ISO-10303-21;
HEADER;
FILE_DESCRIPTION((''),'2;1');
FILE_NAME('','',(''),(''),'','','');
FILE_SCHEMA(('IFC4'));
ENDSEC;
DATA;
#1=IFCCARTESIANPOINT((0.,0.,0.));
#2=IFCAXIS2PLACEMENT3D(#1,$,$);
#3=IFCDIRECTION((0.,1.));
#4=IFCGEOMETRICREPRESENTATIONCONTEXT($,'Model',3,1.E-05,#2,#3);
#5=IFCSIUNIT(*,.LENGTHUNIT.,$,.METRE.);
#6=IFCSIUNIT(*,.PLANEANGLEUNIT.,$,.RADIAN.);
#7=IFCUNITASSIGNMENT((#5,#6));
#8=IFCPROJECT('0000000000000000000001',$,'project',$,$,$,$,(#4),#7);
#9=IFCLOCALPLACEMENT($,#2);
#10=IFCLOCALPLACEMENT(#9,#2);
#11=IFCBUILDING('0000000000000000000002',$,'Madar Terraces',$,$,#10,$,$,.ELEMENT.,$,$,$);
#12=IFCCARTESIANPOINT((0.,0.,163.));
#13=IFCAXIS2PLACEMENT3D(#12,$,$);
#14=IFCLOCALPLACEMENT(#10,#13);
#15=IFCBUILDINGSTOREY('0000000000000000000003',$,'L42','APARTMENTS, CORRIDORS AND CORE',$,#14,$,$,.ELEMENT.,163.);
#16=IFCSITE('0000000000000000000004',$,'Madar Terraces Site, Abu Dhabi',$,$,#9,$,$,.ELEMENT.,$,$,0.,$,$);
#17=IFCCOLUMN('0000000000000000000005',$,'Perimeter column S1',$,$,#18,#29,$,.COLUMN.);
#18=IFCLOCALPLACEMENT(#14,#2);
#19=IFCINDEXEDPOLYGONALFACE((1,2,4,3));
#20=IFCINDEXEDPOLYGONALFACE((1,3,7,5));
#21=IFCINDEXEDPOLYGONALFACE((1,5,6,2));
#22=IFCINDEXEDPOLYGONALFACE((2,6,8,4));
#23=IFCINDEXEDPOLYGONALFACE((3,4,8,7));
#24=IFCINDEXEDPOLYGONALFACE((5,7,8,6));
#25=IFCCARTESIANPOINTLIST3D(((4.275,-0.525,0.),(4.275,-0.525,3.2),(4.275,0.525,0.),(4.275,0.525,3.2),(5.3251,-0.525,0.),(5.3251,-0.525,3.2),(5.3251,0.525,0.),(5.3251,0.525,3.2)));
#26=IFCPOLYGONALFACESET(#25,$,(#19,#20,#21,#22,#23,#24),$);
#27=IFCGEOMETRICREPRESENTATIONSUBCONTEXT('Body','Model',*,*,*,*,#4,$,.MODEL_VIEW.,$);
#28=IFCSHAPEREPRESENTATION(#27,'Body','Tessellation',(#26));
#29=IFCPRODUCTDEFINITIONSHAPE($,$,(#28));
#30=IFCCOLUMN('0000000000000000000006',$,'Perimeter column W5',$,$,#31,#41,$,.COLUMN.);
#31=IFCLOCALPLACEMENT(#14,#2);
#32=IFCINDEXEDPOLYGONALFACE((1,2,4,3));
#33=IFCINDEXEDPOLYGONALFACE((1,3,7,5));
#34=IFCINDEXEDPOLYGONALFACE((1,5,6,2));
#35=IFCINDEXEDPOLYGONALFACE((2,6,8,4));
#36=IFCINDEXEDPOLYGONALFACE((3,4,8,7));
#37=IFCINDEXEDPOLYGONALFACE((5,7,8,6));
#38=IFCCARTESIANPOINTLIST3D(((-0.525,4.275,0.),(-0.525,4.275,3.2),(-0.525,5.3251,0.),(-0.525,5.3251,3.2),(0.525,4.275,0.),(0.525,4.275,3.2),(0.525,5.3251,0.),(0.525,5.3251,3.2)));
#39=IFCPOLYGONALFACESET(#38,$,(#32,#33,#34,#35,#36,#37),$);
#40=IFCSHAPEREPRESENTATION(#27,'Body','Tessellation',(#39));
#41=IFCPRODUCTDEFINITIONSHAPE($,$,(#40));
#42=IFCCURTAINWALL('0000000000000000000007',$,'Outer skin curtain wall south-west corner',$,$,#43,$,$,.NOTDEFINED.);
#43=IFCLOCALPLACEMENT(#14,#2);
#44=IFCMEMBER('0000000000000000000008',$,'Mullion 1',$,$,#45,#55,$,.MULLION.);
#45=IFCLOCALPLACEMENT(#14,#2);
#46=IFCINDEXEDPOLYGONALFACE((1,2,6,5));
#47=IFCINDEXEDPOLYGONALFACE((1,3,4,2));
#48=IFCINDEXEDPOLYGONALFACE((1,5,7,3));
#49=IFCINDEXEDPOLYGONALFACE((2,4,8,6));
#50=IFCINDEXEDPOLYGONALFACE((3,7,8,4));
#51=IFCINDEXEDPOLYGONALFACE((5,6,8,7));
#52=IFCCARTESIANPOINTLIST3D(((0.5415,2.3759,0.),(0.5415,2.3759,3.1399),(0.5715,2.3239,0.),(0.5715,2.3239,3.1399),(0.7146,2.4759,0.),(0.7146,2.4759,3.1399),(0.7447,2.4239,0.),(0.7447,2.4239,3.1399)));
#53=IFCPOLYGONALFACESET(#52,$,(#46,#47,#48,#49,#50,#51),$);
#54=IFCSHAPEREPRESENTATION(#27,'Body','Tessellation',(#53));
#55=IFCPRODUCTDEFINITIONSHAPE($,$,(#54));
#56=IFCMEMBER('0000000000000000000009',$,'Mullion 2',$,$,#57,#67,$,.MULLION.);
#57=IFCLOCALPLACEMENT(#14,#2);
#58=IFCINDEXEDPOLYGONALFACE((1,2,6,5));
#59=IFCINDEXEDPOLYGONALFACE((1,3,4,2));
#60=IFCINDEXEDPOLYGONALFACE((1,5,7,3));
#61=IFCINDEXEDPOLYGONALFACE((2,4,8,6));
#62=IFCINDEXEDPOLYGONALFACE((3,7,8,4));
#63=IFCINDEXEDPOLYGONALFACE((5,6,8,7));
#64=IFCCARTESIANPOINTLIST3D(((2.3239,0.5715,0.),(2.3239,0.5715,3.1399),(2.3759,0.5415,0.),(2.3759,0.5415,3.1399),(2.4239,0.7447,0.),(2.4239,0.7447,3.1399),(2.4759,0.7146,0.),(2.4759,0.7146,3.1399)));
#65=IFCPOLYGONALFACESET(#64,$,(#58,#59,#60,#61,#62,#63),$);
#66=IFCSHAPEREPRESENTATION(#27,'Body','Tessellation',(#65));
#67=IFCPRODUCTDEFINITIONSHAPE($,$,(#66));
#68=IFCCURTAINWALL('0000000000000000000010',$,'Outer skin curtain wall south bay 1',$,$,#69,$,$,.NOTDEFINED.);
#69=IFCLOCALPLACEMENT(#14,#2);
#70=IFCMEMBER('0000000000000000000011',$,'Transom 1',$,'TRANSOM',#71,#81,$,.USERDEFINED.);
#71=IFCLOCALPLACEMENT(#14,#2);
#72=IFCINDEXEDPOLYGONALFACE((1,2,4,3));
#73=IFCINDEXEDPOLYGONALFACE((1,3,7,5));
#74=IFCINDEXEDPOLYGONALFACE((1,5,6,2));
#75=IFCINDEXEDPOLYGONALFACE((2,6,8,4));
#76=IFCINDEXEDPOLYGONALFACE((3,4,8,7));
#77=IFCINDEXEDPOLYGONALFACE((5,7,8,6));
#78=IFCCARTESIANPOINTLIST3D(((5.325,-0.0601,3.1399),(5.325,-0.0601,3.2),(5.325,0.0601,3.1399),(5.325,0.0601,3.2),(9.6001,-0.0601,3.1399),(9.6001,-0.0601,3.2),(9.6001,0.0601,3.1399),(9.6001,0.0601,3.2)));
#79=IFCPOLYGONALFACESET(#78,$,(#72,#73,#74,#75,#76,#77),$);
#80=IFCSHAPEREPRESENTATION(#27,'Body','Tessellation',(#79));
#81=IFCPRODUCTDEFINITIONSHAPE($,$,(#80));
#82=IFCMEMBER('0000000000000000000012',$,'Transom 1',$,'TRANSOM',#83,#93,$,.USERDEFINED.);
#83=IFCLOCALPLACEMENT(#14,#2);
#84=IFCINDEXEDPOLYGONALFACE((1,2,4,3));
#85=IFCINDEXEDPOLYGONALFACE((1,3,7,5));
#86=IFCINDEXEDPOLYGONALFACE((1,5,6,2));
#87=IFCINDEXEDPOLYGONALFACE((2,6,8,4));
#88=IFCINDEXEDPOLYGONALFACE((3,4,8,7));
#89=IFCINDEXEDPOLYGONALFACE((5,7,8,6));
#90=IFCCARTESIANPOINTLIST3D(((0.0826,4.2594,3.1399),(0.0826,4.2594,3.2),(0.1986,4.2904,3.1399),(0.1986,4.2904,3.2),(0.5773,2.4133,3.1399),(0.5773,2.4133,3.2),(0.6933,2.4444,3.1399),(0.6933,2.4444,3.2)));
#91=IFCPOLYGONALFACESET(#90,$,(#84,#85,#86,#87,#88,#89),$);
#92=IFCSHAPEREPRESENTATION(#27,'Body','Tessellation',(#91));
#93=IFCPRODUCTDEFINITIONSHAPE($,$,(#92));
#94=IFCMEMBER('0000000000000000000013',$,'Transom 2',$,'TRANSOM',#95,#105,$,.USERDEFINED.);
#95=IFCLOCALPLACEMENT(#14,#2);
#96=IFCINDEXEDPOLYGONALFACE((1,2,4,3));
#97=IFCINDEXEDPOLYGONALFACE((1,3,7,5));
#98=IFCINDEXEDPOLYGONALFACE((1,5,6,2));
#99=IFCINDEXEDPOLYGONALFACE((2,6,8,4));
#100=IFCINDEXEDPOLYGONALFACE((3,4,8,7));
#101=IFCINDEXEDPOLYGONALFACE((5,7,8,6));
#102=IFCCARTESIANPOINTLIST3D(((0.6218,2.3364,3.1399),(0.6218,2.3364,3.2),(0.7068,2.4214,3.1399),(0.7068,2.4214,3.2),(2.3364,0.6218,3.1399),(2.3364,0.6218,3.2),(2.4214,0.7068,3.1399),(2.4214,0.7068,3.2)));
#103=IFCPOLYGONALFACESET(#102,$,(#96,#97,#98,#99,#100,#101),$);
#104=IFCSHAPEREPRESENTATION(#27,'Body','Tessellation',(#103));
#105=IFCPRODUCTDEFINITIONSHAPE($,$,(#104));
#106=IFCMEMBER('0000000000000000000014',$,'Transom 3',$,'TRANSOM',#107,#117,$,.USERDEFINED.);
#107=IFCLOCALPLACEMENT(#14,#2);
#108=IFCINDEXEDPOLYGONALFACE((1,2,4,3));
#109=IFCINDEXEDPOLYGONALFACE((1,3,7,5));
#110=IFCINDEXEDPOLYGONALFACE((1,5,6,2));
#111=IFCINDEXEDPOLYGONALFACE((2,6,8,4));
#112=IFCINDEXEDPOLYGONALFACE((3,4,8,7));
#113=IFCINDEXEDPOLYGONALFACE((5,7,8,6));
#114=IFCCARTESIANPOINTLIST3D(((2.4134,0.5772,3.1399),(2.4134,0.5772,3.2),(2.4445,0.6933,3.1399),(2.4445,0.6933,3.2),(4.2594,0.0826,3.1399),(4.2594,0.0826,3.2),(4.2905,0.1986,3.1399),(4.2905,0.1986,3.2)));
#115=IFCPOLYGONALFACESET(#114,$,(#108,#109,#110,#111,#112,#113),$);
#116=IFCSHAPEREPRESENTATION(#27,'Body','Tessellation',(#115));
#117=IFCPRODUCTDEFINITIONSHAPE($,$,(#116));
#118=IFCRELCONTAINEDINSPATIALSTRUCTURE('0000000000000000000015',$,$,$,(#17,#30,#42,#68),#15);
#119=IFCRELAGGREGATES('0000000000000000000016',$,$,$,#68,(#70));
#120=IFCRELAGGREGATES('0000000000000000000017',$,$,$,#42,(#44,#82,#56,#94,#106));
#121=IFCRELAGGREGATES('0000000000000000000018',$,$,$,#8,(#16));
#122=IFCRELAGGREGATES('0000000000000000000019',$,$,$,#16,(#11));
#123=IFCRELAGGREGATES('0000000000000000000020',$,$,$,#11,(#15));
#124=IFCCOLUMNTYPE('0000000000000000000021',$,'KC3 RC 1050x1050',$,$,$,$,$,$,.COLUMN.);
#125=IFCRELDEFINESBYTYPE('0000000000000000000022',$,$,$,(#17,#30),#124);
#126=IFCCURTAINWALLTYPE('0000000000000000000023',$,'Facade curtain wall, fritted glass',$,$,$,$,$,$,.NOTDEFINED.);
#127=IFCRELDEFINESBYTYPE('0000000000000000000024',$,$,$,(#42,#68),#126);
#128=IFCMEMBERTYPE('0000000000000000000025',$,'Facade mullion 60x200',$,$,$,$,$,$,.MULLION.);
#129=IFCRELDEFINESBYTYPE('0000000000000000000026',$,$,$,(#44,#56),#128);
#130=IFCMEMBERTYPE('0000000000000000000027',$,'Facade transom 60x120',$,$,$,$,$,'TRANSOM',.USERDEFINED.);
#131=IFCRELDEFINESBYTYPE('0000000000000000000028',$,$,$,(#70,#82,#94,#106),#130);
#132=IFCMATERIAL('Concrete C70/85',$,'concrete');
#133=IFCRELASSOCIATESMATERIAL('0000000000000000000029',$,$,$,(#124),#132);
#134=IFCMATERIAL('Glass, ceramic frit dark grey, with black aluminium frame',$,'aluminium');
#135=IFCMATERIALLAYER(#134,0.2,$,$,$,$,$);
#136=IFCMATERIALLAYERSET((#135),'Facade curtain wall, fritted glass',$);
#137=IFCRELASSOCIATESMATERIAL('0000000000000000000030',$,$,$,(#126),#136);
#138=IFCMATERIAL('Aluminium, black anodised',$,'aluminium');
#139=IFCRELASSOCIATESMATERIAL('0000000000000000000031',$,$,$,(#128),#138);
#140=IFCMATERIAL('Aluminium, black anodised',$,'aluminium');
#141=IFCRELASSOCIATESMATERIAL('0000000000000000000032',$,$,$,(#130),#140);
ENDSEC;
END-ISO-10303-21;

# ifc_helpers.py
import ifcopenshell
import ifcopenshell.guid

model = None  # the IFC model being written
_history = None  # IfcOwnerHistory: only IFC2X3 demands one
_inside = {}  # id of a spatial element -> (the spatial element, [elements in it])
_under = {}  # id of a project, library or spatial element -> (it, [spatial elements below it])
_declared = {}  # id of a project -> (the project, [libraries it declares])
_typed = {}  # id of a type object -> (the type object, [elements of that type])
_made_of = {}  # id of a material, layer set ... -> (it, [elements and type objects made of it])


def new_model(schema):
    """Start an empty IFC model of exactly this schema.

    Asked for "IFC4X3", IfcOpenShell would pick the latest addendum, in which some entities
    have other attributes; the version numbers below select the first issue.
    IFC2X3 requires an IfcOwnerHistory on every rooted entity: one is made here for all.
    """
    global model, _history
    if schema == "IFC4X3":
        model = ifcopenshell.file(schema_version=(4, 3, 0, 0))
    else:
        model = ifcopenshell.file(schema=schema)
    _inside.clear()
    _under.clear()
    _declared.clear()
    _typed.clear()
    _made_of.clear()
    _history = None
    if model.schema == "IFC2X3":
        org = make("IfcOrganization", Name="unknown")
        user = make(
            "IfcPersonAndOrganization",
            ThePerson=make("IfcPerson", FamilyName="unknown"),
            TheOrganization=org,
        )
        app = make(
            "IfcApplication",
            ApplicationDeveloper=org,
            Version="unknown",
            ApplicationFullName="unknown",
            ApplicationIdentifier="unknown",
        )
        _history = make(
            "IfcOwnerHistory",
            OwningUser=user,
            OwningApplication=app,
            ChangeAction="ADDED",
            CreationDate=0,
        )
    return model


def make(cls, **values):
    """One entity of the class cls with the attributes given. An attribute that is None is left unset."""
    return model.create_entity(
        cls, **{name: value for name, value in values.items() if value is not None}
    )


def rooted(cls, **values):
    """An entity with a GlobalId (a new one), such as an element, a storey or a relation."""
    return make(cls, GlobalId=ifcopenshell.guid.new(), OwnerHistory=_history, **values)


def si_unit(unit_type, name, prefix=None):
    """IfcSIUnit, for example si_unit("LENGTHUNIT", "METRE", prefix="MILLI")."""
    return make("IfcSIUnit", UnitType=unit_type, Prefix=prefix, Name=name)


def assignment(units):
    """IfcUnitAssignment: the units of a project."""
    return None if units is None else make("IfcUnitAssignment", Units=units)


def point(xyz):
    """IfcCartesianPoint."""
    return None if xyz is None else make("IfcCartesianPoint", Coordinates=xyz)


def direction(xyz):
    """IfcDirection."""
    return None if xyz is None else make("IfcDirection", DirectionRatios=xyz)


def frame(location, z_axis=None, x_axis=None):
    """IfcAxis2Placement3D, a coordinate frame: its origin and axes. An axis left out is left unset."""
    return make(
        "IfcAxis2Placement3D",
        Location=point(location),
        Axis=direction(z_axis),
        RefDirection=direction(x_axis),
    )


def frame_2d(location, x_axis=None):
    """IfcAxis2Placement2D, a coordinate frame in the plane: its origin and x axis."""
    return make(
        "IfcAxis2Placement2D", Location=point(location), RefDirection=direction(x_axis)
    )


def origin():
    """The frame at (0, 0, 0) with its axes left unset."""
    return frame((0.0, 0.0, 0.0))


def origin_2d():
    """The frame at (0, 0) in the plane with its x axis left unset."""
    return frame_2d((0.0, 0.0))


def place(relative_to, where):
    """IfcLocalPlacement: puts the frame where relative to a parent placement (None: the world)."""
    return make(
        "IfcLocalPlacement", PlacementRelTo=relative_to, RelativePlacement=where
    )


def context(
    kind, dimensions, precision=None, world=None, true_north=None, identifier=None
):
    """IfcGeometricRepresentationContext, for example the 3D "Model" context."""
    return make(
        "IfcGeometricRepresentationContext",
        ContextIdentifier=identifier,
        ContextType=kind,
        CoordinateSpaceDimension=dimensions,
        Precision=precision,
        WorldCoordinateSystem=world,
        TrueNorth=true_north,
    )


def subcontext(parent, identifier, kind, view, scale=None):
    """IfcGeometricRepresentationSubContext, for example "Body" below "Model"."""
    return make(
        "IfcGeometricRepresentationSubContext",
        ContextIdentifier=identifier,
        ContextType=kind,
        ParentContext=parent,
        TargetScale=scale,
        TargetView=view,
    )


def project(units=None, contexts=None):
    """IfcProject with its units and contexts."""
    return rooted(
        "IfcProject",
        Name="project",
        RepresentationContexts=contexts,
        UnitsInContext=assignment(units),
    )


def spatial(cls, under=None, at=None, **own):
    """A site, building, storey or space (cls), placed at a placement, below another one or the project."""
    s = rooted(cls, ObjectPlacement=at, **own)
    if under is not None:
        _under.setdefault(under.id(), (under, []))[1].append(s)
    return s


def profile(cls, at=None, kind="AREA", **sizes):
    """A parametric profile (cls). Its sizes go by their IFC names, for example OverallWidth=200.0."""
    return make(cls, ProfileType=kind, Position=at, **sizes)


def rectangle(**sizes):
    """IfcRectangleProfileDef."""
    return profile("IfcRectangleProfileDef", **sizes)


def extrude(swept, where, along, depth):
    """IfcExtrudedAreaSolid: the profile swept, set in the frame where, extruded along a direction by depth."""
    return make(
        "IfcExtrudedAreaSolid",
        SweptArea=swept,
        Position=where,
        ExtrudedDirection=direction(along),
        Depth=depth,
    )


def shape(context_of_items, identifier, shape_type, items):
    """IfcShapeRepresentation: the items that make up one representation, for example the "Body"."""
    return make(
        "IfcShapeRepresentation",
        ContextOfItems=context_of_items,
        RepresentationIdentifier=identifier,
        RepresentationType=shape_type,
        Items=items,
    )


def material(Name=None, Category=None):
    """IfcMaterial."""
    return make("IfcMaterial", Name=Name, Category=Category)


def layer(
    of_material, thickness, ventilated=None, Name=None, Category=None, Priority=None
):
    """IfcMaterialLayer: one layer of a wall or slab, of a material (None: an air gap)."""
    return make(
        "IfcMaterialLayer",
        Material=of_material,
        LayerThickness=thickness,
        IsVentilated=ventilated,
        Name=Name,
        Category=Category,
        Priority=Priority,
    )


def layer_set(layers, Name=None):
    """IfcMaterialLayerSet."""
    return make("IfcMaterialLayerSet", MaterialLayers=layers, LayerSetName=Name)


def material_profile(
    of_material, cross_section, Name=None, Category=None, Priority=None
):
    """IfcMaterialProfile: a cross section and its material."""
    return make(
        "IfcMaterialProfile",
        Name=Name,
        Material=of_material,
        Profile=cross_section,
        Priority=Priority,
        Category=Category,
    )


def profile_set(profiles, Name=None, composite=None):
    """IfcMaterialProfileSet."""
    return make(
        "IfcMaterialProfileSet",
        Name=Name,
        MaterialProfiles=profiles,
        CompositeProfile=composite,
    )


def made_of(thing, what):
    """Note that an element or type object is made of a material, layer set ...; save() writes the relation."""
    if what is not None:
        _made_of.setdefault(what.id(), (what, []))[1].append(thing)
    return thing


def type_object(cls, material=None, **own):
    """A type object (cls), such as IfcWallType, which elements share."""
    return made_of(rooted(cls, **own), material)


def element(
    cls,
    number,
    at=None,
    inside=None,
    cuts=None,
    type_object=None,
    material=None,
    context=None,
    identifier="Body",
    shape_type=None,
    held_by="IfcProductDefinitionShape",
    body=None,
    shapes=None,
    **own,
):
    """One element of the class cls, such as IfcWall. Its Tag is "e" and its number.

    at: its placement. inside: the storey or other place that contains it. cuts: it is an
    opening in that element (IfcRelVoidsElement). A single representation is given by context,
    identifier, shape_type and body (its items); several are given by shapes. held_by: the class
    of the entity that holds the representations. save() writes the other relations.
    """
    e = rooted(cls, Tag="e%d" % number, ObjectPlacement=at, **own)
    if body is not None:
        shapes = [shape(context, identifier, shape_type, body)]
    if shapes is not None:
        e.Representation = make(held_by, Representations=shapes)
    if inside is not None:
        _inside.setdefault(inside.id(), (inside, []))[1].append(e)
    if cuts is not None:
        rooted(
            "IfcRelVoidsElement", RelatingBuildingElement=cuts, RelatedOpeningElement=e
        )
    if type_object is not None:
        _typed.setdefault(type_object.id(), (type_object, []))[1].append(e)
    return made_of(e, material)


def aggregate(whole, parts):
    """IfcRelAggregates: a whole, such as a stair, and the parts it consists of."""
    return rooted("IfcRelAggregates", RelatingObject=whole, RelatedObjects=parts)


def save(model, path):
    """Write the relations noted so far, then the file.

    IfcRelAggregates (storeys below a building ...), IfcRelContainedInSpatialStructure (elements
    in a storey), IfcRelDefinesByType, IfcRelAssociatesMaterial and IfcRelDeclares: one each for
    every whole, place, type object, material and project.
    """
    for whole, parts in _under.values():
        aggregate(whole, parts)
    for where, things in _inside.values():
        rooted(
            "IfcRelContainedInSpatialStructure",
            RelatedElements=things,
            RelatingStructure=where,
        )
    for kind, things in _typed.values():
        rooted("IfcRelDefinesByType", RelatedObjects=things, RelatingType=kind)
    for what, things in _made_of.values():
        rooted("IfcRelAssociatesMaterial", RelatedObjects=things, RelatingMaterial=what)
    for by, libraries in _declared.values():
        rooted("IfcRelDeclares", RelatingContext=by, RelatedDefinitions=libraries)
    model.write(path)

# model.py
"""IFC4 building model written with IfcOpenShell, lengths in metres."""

from ifc_helpers import new_model, si_unit, direction, frame, origin, origin_2d, place, context, subcontext, project, spatial, rectangle, extrude, material, layer, layer_set, material_profile, profile_set, type_object, element, aggregate, save


model = new_model("IFC4")

# Units and contexts
model_context = context("Model", 3, precision=1e-05, world=origin(), true_north=direction((0.0, 1.0)))
body_context = subcontext(model_context, "Body", "Model", "MODEL_VIEW")
ifc_project = project(units=[si_unit("LENGTHUNIT", "METRE"), si_unit("PLANEANGLEUNIT", "RADIAN")], contexts=[model_context])

# Site, building, storey
site_placement = place(None, origin())
site = spatial("IfcSite", under=ifc_project, at=site_placement, Name="Madar Terraces Site, Abu Dhabi", CompositionType="ELEMENT", RefElevation=0.0)
building_placement = place(site_placement, origin())
building = spatial("IfcBuilding", under=site, at=building_placement, Name="Madar Terraces", CompositionType="ELEMENT")
storey_placement = place(building_placement, frame((0.0, 0.0, 163.0)))
storey = spatial("IfcBuildingStorey", under=building, at=storey_placement, Name="L42", Description="APARTMENTS, CORRIDORS AND CORE", CompositionType="ELEMENT", Elevation=163.0)

# Columns
ifc_material_1 = material(Name="Concrete C70/85", Category="concrete")
ifc_material_profile_1 = material_profile(ifc_material_1, rectangle(XDim=1.05, YDim=1.05, at=origin_2d()), Name="KC3 RC 1050x1050")
ifc_profile_set_1 = profile_set([ifc_material_profile_1], Name="Concrete C70/85")
column_type = type_object("IfcColumnType", Name="KC3 RC 1050x1050", PredefinedType="COLUMN", material=ifc_profile_set_1)
for number, where, z_axis, x_axis, name in (
    (1, (4.8, 0.0, 0.0), (0.0, 0.0, 1.0), (1.0, 0.0, 0.0), "Perimeter column S1"),
    (2, (0.0, 4.8, 0.0), (0.0, 0.0, 1.0), (1.0, 0.0, 0.0), "Perimeter column W5"),
):
    element("IfcColumn", number, at=place(storey_placement, frame(where, z_axis=z_axis, x_axis=x_axis)), inside=storey, type_object=column_type, Name=name, PredefinedType="COLUMN", context=body_context, shape_type="SweptSolid", body=[
        extrude(rectangle(XDim=1.05, YDim=1.05, at=origin_2d()), origin(), (0.0, 0.0, 1.0), 3.2),
    ])

# Curtain wall, members
ifc_material_2 = material(Name="Glass, ceramic frit dark grey, with black aluminium frame", Category="aluminium")
ifc_layer_1 = layer(ifc_material_2, 0.2)
ifc_layer_set_1 = layer_set([ifc_layer_1], Name="Facade curtain wall, fritted glass")
curtain_wall_type = type_object("IfcCurtainWallType", Name="Facade curtain wall, fritted glass", PredefinedType="NOTDEFINED", material=ifc_layer_set_1)
curtain_wall_1_placement = place(storey_placement, origin())
curtain_wall_1 = element("IfcCurtainWall", 3, at=curtain_wall_1_placement, inside=storey, type_object=curtain_wall_type, Name="Outer skin curtain wall south-west corner", PredefinedType="NOTDEFINED")
ifc_material_3 = material(Name="Aluminium, black anodised", Category="aluminium")
ifc_material_profile_2 = material_profile(ifc_material_3, rectangle(XDim=0.2, YDim=0.0601, at=origin_2d()), Name="Facade mullion 60x200")
ifc_profile_set_2 = profile_set([ifc_material_profile_2], Name="Aluminium, black anodised")
member_type_1 = type_object("IfcMemberType", Name="Facade mullion 60x200", PredefinedType="MULLION", material=ifc_profile_set_2)
member_1_placement = place(storey_placement, frame((0.6431, 2.3999, 0.0), z_axis=(0.0, 0.0, 1.0), x_axis=(0.866025, 0.5, 0.0)))
member_1 = element("IfcMember", 4, at=member_1_placement, type_object=member_type_1, Name="Mullion 1", PredefinedType="MULLION", context=body_context, shape_type="SweptSolid", body=[
    extrude(rectangle(XDim=0.2, YDim=0.0601, at=origin_2d()), origin(), (0.0, 0.0, 1.0), 3.1399),
])
member_2_placement = place(storey_placement, frame((2.3999, 0.6431, 0.0), z_axis=(0.0, 0.0, 1.0), x_axis=(0.5, 0.866025, 0.0)))
member_2 = element("IfcMember", 5, at=member_2_placement, type_object=member_type_1, Name="Mullion 2", PredefinedType="MULLION", context=body_context, shape_type="SweptSolid", body=[
    extrude(rectangle(XDim=0.2, YDim=0.0601, at=origin_2d()), origin(), (0.0, 0.0, 1.0), 3.1399),
])

# Curtain wall, member
curtain_wall_2_placement = place(storey_placement, origin())
curtain_wall_2 = element("IfcCurtainWall", 6, at=curtain_wall_2_placement, inside=storey, type_object=curtain_wall_type, Name="Outer skin curtain wall south bay 1", PredefinedType="NOTDEFINED")
ifc_material_4 = material(Name="Aluminium, black anodised", Category="aluminium")
ifc_material_profile_3 = material_profile(ifc_material_4, rectangle(XDim=0.1201, YDim=0.0601, at=origin_2d()), Name="Facade transom 60x120")
ifc_profile_set_3 = profile_set([ifc_material_profile_3], Name="Aluminium, black anodised")
member_type_2 = type_object("IfcMemberType", Name="Facade transom 60x120", ElementType="TRANSOM", PredefinedType="USERDEFINED", material=ifc_profile_set_3)
member_3_placement = place(storey_placement, frame((5.325, 0.0, 3.1699), z_axis=(1.0, 0.0, 0.0), x_axis=(0.0, 1.0, 0.0)))
member_3 = element("IfcMember", 7, at=member_3_placement, type_object=member_type_2, Name="Transom 1", ObjectType="TRANSOM", PredefinedType="USERDEFINED", context=body_context, shape_type="SweptSolid", body=[
    extrude(rectangle(XDim=0.1201, YDim=0.0601, at=origin_2d()), origin(), (0.0, 0.0, 1.0), 4.2751),
])

# Members
member_4_placement = place(storey_placement, frame((0.1406, 4.2749, 3.1699), z_axis=(0.258823, -0.965925, 0.0), x_axis=(0.965925, 0.258823, 0.0)))
member_4 = element("IfcMember", 8, at=member_4_placement, type_object=member_type_2, Name="Transom 1", ObjectType="TRANSOM", PredefinedType="USERDEFINED", context=body_context, shape_type="SweptSolid", body=[
    extrude(rectangle(XDim=0.1201, YDim=0.0601, at=origin_2d()), origin(), (0.0, 0.0, 1.0), 1.9111),
])
member_5_placement = place(storey_placement, frame((0.6643, 2.3789, 3.1699), z_axis=(0.707107, -0.707107, 0.0), x_axis=(0.707107, 0.707107, 0.0)))
member_5 = element("IfcMember", 9, at=member_5_placement, type_object=member_type_2, Name="Transom 2", ObjectType="TRANSOM", PredefinedType="USERDEFINED", context=body_context, shape_type="SweptSolid", body=[
    extrude(rectangle(XDim=0.1201, YDim=0.0601, at=origin_2d()), origin(), (0.0, 0.0, 1.0), 2.4248),
])
member_6_placement = place(storey_placement, frame((2.429, 0.6353, 3.1699), z_axis=(0.965925, -0.258823, 0.0), x_axis=(0.258823, 0.965925, 0.0)))
member_6 = element("IfcMember", 10, at=member_6_placement, type_object=member_type_2, Name="Transom 3", ObjectType="TRANSOM", PredefinedType="USERDEFINED", context=body_context, shape_type="SweptSolid", body=[
    extrude(rectangle(XDim=0.1201, YDim=0.0601, at=origin_2d()), origin(), (0.0, 0.0, 1.0), 1.9111),
])

aggregate(curtain_wall_2, [member_3])
aggregate(curtain_wall_1, [member_1, member_4, member_2, member_5, member_6])

save(model, "model.ifc")
